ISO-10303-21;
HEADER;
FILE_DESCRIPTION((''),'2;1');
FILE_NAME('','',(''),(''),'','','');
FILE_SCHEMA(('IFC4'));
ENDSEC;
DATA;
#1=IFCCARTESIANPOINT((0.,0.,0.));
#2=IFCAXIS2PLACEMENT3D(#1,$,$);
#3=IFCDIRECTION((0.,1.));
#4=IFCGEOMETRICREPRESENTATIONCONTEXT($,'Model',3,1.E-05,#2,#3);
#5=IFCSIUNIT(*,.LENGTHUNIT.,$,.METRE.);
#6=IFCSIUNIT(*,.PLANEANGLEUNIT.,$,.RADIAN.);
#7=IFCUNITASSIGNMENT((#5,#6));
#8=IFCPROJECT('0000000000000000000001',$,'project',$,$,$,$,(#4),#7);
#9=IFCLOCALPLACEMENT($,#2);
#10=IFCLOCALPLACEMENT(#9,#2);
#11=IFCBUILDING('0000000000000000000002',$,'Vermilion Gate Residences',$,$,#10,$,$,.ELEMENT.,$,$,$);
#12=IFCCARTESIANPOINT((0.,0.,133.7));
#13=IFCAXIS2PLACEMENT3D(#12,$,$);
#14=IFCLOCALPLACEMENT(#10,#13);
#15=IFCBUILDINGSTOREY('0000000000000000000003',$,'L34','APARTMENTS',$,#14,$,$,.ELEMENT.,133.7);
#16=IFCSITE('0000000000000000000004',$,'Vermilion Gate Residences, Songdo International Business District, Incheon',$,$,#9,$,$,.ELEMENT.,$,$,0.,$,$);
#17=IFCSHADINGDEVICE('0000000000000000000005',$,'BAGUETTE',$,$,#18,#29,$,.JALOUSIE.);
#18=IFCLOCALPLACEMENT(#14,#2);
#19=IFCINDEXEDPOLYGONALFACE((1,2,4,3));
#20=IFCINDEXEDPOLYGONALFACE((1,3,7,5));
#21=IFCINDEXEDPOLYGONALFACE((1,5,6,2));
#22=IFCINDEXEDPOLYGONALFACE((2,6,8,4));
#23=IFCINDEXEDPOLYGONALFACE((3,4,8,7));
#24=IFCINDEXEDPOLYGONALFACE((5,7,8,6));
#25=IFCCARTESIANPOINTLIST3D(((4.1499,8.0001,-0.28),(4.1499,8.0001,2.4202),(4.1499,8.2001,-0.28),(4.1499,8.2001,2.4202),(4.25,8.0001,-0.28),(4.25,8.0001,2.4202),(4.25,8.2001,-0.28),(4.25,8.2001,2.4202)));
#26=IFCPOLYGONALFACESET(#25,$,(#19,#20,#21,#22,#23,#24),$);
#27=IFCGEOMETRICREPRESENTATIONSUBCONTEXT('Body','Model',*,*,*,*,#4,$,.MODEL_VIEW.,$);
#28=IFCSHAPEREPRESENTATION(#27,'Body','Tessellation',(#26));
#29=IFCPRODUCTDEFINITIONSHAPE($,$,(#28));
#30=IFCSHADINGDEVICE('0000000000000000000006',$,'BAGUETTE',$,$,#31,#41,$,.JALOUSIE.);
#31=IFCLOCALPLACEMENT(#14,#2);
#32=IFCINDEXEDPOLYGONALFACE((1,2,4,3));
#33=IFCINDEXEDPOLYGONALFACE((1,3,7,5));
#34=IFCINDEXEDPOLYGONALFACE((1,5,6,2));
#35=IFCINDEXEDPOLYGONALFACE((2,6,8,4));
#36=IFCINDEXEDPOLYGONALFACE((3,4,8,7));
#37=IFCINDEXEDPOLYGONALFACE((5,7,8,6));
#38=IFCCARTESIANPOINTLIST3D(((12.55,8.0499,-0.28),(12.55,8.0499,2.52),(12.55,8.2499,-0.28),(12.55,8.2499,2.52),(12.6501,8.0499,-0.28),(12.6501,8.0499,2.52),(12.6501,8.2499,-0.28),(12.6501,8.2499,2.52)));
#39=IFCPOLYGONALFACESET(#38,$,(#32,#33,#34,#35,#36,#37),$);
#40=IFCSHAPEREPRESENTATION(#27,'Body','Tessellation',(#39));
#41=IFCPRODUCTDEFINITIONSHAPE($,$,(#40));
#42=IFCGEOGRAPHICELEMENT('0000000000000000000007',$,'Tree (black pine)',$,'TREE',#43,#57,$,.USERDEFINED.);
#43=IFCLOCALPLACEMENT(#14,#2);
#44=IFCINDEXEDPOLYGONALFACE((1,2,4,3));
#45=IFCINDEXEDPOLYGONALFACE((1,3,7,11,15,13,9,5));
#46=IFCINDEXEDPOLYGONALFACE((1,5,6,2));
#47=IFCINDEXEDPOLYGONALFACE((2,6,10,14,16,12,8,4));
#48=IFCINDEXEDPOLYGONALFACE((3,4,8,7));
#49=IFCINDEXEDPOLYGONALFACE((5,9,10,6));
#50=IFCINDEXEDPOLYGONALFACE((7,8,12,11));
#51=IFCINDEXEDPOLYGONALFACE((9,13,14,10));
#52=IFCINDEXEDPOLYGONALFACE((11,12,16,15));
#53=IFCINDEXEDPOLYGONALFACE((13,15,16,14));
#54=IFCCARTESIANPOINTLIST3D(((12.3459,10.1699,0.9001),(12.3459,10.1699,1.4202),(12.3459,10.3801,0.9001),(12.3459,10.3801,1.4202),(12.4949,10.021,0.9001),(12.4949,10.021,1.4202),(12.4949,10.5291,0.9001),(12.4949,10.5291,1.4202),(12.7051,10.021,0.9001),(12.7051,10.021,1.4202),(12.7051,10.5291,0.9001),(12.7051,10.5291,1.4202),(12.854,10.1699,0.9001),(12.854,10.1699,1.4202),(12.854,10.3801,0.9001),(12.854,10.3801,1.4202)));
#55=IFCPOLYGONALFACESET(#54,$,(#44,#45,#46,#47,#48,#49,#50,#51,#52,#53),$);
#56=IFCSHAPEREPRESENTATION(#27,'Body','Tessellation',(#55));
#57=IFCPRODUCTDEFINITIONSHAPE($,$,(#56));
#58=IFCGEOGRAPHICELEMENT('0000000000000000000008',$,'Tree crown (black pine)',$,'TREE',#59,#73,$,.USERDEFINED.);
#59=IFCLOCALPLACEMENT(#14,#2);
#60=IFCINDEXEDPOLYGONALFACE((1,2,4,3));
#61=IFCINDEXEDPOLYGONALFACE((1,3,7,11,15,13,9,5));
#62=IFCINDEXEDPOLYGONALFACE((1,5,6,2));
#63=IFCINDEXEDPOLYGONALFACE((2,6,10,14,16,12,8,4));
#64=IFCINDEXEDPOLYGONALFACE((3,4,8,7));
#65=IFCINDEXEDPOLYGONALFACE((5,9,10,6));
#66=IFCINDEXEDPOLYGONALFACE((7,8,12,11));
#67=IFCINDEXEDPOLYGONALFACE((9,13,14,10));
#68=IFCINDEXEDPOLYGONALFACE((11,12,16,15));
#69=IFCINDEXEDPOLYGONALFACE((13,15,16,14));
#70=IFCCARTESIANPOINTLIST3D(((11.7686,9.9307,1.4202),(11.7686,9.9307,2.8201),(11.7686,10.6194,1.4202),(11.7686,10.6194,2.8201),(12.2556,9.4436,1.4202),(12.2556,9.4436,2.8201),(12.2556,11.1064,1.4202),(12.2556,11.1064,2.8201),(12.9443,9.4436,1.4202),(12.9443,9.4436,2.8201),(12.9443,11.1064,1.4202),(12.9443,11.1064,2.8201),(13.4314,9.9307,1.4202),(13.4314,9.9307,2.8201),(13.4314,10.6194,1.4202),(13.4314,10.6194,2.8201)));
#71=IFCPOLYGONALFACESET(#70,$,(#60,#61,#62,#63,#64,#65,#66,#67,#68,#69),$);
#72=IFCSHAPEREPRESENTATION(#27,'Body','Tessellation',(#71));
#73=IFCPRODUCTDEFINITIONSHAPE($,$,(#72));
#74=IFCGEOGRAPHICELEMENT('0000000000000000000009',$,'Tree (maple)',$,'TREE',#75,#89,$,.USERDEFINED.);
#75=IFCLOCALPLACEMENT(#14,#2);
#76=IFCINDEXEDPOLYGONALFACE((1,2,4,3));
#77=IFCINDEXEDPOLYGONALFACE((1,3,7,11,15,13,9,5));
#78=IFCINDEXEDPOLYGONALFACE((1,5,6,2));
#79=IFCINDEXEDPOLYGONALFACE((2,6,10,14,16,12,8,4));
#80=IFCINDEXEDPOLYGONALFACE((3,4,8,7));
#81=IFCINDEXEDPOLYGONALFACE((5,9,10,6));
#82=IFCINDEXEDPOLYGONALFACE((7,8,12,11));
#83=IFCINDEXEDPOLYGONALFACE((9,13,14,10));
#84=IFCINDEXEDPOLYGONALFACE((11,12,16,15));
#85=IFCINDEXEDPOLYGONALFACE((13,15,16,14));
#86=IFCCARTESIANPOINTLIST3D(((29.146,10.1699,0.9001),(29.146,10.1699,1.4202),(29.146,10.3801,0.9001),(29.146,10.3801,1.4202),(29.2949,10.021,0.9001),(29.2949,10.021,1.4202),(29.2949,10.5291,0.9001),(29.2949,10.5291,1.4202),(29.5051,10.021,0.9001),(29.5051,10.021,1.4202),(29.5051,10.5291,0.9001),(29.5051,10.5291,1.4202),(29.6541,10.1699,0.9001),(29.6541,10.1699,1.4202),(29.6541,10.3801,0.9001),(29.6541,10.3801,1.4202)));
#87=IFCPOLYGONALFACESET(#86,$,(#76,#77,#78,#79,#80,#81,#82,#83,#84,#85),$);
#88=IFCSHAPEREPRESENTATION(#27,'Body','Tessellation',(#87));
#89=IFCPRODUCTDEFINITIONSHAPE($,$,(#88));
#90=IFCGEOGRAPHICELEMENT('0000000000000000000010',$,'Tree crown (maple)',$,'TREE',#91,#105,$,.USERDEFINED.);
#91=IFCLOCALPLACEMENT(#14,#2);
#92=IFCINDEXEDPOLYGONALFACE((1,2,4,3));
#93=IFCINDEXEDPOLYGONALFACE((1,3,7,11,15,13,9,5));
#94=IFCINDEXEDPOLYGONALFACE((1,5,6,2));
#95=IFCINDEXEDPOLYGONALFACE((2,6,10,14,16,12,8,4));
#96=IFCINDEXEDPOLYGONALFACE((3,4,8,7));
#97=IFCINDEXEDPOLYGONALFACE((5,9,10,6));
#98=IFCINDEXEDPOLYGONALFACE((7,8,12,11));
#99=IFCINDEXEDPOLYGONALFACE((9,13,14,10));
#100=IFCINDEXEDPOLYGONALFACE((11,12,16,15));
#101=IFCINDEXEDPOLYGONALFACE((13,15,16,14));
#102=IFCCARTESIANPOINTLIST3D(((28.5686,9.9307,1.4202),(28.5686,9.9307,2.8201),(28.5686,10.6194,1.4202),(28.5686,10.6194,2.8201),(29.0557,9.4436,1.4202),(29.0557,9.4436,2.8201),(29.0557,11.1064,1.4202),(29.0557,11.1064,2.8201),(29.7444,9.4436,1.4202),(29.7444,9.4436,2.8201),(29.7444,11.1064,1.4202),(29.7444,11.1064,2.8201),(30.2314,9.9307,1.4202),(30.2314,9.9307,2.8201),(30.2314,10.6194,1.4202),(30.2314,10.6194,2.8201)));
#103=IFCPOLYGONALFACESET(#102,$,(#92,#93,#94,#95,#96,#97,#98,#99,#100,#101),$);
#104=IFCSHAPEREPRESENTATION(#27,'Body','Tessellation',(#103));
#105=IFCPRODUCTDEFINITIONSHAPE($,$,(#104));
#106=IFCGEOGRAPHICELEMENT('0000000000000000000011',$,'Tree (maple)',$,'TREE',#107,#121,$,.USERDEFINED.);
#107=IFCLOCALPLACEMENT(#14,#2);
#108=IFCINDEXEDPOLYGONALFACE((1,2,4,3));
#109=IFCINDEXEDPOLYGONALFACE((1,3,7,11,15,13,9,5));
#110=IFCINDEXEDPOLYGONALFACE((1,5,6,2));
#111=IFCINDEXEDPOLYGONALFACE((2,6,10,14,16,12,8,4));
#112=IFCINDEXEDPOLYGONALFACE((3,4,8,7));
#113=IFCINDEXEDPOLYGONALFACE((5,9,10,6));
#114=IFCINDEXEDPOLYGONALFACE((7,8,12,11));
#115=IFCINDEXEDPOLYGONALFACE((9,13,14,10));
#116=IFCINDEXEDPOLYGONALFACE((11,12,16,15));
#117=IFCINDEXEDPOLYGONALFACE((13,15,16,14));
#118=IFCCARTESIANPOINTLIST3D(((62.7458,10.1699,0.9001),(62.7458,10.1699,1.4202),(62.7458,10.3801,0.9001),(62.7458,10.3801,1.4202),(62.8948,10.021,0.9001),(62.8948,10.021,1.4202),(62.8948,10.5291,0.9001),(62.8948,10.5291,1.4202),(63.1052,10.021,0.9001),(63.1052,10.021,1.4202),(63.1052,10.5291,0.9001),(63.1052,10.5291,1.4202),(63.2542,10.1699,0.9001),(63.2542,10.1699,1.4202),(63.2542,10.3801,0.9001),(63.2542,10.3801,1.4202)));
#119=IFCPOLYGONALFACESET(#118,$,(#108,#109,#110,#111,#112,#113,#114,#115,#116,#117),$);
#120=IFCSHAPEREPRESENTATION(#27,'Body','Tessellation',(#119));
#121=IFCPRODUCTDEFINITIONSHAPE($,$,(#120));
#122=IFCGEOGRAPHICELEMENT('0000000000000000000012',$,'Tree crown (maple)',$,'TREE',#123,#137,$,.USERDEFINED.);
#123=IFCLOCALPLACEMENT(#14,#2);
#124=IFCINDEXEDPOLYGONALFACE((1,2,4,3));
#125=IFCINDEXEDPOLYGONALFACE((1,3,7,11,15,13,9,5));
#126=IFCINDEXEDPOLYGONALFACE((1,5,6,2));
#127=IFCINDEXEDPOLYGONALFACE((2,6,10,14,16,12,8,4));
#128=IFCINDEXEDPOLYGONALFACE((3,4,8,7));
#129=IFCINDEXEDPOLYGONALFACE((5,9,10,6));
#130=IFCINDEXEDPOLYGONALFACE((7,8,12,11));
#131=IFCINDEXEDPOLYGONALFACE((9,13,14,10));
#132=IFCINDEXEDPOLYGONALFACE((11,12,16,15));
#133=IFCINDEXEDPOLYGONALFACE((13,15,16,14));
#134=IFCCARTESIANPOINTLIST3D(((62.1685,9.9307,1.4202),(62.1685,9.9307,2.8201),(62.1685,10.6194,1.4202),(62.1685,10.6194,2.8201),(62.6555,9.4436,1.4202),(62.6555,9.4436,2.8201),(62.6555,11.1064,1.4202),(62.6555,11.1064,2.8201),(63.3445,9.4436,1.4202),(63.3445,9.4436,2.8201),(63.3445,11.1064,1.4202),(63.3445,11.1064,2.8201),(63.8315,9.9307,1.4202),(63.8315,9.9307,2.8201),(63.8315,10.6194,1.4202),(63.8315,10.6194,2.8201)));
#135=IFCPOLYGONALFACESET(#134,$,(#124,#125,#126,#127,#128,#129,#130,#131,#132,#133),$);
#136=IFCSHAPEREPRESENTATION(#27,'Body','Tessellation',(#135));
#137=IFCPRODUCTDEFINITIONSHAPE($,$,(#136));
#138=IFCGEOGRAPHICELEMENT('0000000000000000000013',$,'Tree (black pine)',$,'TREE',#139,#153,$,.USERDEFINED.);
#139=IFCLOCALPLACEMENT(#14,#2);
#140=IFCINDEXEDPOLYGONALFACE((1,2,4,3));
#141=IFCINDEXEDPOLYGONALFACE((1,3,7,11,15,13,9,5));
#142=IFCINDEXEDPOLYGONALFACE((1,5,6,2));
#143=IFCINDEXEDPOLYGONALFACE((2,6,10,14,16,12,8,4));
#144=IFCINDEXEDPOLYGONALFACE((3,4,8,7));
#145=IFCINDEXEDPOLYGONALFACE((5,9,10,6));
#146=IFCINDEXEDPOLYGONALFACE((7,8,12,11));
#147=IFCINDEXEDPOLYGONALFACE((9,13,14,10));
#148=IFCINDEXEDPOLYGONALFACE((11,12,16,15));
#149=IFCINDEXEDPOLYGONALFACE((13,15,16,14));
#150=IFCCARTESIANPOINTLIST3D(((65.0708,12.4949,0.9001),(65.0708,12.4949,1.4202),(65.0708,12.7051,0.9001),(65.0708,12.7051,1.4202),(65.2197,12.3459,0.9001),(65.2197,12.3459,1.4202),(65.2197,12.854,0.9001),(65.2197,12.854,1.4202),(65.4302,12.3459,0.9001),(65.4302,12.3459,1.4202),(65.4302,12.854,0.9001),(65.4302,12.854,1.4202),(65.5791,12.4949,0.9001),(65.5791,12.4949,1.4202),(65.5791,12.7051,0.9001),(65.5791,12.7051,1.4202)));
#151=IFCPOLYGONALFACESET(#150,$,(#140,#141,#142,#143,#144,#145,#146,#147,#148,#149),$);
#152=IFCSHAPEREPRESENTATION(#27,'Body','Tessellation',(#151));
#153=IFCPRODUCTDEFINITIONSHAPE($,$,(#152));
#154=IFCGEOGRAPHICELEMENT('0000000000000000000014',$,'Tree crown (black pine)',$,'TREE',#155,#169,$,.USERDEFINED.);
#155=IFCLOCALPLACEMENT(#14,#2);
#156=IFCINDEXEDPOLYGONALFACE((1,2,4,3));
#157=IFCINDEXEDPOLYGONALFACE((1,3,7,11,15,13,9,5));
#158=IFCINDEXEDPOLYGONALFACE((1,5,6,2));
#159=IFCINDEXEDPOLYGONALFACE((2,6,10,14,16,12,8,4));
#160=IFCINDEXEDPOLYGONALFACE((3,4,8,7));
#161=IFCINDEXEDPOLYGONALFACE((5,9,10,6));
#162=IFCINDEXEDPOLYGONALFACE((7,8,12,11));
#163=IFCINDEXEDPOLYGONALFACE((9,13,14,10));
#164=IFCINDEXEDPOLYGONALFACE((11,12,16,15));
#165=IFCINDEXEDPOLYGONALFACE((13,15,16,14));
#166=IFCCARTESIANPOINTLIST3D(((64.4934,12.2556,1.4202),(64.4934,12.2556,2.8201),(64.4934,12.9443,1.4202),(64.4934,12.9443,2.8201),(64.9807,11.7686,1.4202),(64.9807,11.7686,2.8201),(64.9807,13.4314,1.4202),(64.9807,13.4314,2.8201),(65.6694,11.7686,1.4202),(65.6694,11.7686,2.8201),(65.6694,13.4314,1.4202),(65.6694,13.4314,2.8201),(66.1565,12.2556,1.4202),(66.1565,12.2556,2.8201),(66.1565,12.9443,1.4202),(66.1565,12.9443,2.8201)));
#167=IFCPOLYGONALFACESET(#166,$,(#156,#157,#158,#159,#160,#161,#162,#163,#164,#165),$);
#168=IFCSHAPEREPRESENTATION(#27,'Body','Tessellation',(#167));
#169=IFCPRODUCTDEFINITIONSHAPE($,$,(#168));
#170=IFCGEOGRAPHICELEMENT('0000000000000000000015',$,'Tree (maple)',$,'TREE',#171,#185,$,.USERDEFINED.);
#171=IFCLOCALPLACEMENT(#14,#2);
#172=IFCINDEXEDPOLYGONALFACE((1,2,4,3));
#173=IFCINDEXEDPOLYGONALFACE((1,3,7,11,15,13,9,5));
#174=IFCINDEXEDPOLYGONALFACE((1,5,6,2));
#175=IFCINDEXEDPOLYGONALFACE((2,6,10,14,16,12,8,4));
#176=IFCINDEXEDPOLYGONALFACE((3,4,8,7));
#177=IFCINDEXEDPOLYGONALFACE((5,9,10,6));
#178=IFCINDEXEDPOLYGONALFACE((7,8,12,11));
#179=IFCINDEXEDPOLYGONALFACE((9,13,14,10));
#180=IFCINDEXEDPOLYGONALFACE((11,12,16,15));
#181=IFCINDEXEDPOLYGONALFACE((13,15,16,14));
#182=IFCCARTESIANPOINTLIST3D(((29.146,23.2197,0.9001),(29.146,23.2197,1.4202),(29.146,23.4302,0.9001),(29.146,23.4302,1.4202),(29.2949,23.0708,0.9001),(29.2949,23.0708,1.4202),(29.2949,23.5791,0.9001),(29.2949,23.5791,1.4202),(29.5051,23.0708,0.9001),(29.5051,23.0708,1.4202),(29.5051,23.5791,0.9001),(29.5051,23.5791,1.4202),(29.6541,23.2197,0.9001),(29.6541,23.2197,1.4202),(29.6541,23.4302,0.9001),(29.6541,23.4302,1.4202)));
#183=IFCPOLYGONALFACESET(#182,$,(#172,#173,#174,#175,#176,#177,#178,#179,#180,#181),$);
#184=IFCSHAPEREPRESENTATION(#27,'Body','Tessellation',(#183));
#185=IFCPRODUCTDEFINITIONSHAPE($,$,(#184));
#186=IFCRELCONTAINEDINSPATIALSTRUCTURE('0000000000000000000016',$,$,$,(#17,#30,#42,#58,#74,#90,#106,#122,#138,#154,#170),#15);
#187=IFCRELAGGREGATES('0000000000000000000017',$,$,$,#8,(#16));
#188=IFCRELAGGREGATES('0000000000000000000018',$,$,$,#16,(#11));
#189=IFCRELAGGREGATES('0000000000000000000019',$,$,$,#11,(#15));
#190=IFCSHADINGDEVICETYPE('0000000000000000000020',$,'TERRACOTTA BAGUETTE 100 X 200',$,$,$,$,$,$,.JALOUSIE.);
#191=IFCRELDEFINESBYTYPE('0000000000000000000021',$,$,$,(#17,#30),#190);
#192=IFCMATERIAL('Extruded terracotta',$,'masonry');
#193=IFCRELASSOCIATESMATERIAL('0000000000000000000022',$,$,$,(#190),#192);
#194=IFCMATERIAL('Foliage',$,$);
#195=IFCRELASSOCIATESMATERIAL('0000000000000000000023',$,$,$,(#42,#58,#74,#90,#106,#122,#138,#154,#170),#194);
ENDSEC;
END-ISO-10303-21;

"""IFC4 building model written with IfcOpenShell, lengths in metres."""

from ifc_helpers import new_model, si_unit, direction, frame, origin, origin_2d, place, context, subcontext, project, spatial, polyline, rectangle, outline, extrude, material, material_profile, profile_set, type_object, element, save


model = new_model("IFC4")

# Units and contexts
model_context = context("Model", 3, precision=1e-05, world=origin(), true_north=direction((0.0, 1.0)))
body_context = subcontext(model_context, "Body", "Model", "MODEL_VIEW")
ifc_project = project(units=[si_unit("LENGTHUNIT", "METRE"), si_unit("PLANEANGLEUNIT", "RADIAN")], contexts=[model_context])

# Site, building, storey
site_placement = place(None, origin())
site = spatial("IfcSite", under=ifc_project, at=site_placement, Name="Vermilion Gate Residences, Songdo International Business District, Incheon", CompositionType="ELEMENT", RefElevation=0.0)
building_placement = place(site_placement, origin())
building = spatial("IfcBuilding", under=site, at=building_placement, Name="Vermilion Gate Residences", CompositionType="ELEMENT")
storey_placement = place(building_placement, frame((0.0, 0.0, 133.7)))
storey = spatial("IfcBuildingStorey", under=building, at=storey_placement, Name="L34", Description="APARTMENTS", CompositionType="ELEMENT", Elevation=133.7)

# Shading devices
ifc_material_1 = material(Name="Extruded terracotta", Category="masonry")
ifc_material_profile_1 = material_profile(ifc_material_1, rectangle(XDim=0.2, YDim=0.1001, at=origin_2d()), Name="BAGUETTE 100 X 200")
ifc_profile_set_1 = profile_set([ifc_material_profile_1], Name="Extruded terracotta")
shading_device_type_1 = type_object("IfcShadingDeviceType", Name="TERRACOTTA BAGUETTE 100 X 200", PredefinedType="JALOUSIE", material=ifc_profile_set_1)
shading_device_1_placement = place(storey_placement, frame((4.2, 8.1001, -0.28), z_axis=(0.0, 0.0, 1.0), x_axis=(0.0, 1.0, 0.0)))
element("IfcShadingDevice", 1, at=shading_device_1_placement, inside=storey, type_object=shading_device_type_1, Name="BAGUETTE", PredefinedType="JALOUSIE", context=body_context, shape_type="SweptSolid", body=[
    extrude(rectangle(XDim=0.2, YDim=0.1001, at=origin_2d()), origin(), (0.0, 0.0, 1.0), 2.7002),
])
shading_device_2_placement = place(storey_placement, frame((12.6001, 8.1499, -0.28), z_axis=(0.0, 0.0, 1.0), x_axis=(0.0, 1.0, 0.0)))
element("IfcShadingDevice", 2, at=shading_device_2_placement, inside=storey, type_object=shading_device_type_1, Name="BAGUETTE", PredefinedType="JALOUSIE", context=body_context, shape_type="SweptSolid", body=[
    extrude(rectangle(XDim=0.2, YDim=0.1001, at=origin_2d()), origin(), (0.0, 0.0, 1.0), 2.8),
])

# Geographic elements
ifc_material_2 = material(Name="Foliage")
geographic_element_1_placement = place(storey_placement, frame((0.0, 0.0, 0.9001)))
element("IfcGeographicElement", 3, at=geographic_element_1_placement, inside=storey, material=ifc_material_2, Name="Tree (black pine)", ObjectType="TREE", PredefinedType="USERDEFINED", context=body_context, shape_type="SweptSolid", body=[
    extrude(outline(polyline([(12.854, 10.3801), (12.7051, 10.5291), (12.4949, 10.5291), (12.3459, 10.3801), (12.3459, 10.1699), (12.4949, 10.021), (12.7051, 10.021), (12.854, 10.1699), (12.854, 10.3801)])), origin(), (0.0, 0.0, 1.0), 0.52),
])
geographic_element_2_placement = place(storey_placement, frame((0.0, 0.0, 1.4202)))
element("IfcGeographicElement", 4, at=geographic_element_2_placement, inside=storey, material=ifc_material_2, Name="Tree crown (black pine)", ObjectType="TREE", PredefinedType="USERDEFINED", context=body_context, shape_type="SweptSolid", body=[
    extrude(outline(polyline([(13.4314, 10.6194), (12.9443, 11.1064), (12.2556, 11.1064), (11.7686, 10.6194), (11.7686, 9.9307), (12.2556, 9.4436), (12.9443, 9.4436), (13.4314, 9.9307), (13.4314, 10.6194)])), origin(), (0.0, 0.0, 1.0), 1.3999),
])
geographic_element_3_placement = place(storey_placement, frame((0.0, 0.0, 0.9001)))
element("IfcGeographicElement", 5, at=geographic_element_3_placement, inside=storey, material=ifc_material_2, Name="Tree (maple)", ObjectType="TREE", PredefinedType="USERDEFINED", context=body_context, shape_type="SweptSolid", body=[
    extrude(outline(polyline([(29.6541, 10.3801), (29.5051, 10.5291), (29.2949, 10.5291), (29.146, 10.3801), (29.146, 10.1699), (29.2949, 10.021), (29.5051, 10.021), (29.6541, 10.1699), (29.6541, 10.3801)])), origin(), (0.0, 0.0, 1.0), 0.52),
])
geographic_element_4_placement = place(storey_placement, frame((0.0, 0.0, 1.4202)))
element("IfcGeographicElement", 6, at=geographic_element_4_placement, inside=storey, material=ifc_material_2, Name="Tree crown (maple)", ObjectType="TREE", PredefinedType="USERDEFINED", context=body_context, shape_type="SweptSolid", body=[
    extrude(outline(polyline([(30.2314, 10.6194), (29.7444, 11.1064), (29.0557, 11.1064), (28.5686, 10.6194), (28.5686, 9.9307), (29.0557, 9.4436), (29.7444, 9.4436), (30.2314, 9.9307), (30.2314, 10.6194)])), origin(), (0.0, 0.0, 1.0), 1.3999),
])
geographic_element_5_placement = place(storey_placement, frame((0.0, 0.0, 0.9001)))
element("IfcGeographicElement", 7, at=geographic_element_5_placement, inside=storey, material=ifc_material_2, Name="Tree (maple)", ObjectType="TREE", PredefinedType="USERDEFINED", context=body_context, shape_type="SweptSolid", body=[
    extrude(outline(polyline([(63.2542, 10.3801), (63.1052, 10.5291), (62.8948, 10.5291), (62.7458, 10.3801), (62.7458, 10.1699), (62.8948, 10.021), (63.1052, 10.021), (63.2542, 10.1699), (63.2542, 10.3801)])), origin(), (0.0, 0.0, 1.0), 0.52),
])
geographic_element_6_placement = place(storey_placement, frame((0.0, 0.0, 1.4202)))
element("IfcGeographicElement", 8, at=geographic_element_6_placement, inside=storey, material=ifc_material_2, Name="Tree crown (maple)", ObjectType="TREE", PredefinedType="USERDEFINED", context=body_context, shape_type="SweptSolid", body=[
    extrude(outline(polyline([(63.8315, 10.6194), (63.3445, 11.1064), (62.6555, 11.1064), (62.1685, 10.6194), (62.1685, 9.9307), (62.6555, 9.4436), (63.3445, 9.4436), (63.8315, 9.9307), (63.8315, 10.6194)])), origin(), (0.0, 0.0, 1.0), 1.3999),
])
geographic_element_7_placement = place(storey_placement, frame((0.0, 0.0, 0.9001)))
element("IfcGeographicElement", 9, at=geographic_element_7_placement, inside=storey, material=ifc_material_2, Name="Tree (black pine)", ObjectType="TREE", PredefinedType="USERDEFINED", context=body_context, shape_type="SweptSolid", body=[
    extrude(outline(polyline([(65.5791, 12.7051), (65.4302, 12.854), (65.2197, 12.854), (65.0708, 12.7051), (65.0708, 12.4949), (65.2197, 12.3459), (65.4302, 12.3459), (65.5791, 12.4949), (65.5791, 12.7051)])), origin(), (0.0, 0.0, 1.0), 0.52),
])
geographic_element_8_placement = place(storey_placement, frame((0.0, 0.0, 1.4202)))
element("IfcGeographicElement", 10, at=geographic_element_8_placement, inside=storey, material=ifc_material_2, Name="Tree crown (black pine)", ObjectType="TREE", PredefinedType="USERDEFINED", context=body_context, shape_type="SweptSolid", body=[
    extrude(outline(polyline([(66.1565, 12.9443), (65.6694, 13.4314), (64.9807, 13.4314), (64.4934, 12.9443), (64.4934, 12.2556), (64.9807, 11.7686), (65.6694, 11.7686), (66.1565, 12.2556), (66.1565, 12.9443)])), origin(), (0.0, 0.0, 1.0), 1.3999),
])
geographic_element_9_placement = place(storey_placement, frame((0.0, 0.0, 0.9001)))
element("IfcGeographicElement", 11, at=geographic_element_9_placement, inside=storey, material=ifc_material_2, Name="Tree (maple)", ObjectType="TREE", PredefinedType="USERDEFINED", context=body_context, shape_type="SweptSolid", body=[
    extrude(outline(polyline([(29.6541, 23.4302), (29.5051, 23.5791), (29.2949, 23.5791), (29.146, 23.4302), (29.146, 23.2197), (29.2949, 23.0708), (29.5051, 23.0708), (29.6541, 23.2197), (29.6541, 23.4302)])), origin(), (0.0, 0.0, 1.0), 0.52),
])

save(model, "model.ifc")
